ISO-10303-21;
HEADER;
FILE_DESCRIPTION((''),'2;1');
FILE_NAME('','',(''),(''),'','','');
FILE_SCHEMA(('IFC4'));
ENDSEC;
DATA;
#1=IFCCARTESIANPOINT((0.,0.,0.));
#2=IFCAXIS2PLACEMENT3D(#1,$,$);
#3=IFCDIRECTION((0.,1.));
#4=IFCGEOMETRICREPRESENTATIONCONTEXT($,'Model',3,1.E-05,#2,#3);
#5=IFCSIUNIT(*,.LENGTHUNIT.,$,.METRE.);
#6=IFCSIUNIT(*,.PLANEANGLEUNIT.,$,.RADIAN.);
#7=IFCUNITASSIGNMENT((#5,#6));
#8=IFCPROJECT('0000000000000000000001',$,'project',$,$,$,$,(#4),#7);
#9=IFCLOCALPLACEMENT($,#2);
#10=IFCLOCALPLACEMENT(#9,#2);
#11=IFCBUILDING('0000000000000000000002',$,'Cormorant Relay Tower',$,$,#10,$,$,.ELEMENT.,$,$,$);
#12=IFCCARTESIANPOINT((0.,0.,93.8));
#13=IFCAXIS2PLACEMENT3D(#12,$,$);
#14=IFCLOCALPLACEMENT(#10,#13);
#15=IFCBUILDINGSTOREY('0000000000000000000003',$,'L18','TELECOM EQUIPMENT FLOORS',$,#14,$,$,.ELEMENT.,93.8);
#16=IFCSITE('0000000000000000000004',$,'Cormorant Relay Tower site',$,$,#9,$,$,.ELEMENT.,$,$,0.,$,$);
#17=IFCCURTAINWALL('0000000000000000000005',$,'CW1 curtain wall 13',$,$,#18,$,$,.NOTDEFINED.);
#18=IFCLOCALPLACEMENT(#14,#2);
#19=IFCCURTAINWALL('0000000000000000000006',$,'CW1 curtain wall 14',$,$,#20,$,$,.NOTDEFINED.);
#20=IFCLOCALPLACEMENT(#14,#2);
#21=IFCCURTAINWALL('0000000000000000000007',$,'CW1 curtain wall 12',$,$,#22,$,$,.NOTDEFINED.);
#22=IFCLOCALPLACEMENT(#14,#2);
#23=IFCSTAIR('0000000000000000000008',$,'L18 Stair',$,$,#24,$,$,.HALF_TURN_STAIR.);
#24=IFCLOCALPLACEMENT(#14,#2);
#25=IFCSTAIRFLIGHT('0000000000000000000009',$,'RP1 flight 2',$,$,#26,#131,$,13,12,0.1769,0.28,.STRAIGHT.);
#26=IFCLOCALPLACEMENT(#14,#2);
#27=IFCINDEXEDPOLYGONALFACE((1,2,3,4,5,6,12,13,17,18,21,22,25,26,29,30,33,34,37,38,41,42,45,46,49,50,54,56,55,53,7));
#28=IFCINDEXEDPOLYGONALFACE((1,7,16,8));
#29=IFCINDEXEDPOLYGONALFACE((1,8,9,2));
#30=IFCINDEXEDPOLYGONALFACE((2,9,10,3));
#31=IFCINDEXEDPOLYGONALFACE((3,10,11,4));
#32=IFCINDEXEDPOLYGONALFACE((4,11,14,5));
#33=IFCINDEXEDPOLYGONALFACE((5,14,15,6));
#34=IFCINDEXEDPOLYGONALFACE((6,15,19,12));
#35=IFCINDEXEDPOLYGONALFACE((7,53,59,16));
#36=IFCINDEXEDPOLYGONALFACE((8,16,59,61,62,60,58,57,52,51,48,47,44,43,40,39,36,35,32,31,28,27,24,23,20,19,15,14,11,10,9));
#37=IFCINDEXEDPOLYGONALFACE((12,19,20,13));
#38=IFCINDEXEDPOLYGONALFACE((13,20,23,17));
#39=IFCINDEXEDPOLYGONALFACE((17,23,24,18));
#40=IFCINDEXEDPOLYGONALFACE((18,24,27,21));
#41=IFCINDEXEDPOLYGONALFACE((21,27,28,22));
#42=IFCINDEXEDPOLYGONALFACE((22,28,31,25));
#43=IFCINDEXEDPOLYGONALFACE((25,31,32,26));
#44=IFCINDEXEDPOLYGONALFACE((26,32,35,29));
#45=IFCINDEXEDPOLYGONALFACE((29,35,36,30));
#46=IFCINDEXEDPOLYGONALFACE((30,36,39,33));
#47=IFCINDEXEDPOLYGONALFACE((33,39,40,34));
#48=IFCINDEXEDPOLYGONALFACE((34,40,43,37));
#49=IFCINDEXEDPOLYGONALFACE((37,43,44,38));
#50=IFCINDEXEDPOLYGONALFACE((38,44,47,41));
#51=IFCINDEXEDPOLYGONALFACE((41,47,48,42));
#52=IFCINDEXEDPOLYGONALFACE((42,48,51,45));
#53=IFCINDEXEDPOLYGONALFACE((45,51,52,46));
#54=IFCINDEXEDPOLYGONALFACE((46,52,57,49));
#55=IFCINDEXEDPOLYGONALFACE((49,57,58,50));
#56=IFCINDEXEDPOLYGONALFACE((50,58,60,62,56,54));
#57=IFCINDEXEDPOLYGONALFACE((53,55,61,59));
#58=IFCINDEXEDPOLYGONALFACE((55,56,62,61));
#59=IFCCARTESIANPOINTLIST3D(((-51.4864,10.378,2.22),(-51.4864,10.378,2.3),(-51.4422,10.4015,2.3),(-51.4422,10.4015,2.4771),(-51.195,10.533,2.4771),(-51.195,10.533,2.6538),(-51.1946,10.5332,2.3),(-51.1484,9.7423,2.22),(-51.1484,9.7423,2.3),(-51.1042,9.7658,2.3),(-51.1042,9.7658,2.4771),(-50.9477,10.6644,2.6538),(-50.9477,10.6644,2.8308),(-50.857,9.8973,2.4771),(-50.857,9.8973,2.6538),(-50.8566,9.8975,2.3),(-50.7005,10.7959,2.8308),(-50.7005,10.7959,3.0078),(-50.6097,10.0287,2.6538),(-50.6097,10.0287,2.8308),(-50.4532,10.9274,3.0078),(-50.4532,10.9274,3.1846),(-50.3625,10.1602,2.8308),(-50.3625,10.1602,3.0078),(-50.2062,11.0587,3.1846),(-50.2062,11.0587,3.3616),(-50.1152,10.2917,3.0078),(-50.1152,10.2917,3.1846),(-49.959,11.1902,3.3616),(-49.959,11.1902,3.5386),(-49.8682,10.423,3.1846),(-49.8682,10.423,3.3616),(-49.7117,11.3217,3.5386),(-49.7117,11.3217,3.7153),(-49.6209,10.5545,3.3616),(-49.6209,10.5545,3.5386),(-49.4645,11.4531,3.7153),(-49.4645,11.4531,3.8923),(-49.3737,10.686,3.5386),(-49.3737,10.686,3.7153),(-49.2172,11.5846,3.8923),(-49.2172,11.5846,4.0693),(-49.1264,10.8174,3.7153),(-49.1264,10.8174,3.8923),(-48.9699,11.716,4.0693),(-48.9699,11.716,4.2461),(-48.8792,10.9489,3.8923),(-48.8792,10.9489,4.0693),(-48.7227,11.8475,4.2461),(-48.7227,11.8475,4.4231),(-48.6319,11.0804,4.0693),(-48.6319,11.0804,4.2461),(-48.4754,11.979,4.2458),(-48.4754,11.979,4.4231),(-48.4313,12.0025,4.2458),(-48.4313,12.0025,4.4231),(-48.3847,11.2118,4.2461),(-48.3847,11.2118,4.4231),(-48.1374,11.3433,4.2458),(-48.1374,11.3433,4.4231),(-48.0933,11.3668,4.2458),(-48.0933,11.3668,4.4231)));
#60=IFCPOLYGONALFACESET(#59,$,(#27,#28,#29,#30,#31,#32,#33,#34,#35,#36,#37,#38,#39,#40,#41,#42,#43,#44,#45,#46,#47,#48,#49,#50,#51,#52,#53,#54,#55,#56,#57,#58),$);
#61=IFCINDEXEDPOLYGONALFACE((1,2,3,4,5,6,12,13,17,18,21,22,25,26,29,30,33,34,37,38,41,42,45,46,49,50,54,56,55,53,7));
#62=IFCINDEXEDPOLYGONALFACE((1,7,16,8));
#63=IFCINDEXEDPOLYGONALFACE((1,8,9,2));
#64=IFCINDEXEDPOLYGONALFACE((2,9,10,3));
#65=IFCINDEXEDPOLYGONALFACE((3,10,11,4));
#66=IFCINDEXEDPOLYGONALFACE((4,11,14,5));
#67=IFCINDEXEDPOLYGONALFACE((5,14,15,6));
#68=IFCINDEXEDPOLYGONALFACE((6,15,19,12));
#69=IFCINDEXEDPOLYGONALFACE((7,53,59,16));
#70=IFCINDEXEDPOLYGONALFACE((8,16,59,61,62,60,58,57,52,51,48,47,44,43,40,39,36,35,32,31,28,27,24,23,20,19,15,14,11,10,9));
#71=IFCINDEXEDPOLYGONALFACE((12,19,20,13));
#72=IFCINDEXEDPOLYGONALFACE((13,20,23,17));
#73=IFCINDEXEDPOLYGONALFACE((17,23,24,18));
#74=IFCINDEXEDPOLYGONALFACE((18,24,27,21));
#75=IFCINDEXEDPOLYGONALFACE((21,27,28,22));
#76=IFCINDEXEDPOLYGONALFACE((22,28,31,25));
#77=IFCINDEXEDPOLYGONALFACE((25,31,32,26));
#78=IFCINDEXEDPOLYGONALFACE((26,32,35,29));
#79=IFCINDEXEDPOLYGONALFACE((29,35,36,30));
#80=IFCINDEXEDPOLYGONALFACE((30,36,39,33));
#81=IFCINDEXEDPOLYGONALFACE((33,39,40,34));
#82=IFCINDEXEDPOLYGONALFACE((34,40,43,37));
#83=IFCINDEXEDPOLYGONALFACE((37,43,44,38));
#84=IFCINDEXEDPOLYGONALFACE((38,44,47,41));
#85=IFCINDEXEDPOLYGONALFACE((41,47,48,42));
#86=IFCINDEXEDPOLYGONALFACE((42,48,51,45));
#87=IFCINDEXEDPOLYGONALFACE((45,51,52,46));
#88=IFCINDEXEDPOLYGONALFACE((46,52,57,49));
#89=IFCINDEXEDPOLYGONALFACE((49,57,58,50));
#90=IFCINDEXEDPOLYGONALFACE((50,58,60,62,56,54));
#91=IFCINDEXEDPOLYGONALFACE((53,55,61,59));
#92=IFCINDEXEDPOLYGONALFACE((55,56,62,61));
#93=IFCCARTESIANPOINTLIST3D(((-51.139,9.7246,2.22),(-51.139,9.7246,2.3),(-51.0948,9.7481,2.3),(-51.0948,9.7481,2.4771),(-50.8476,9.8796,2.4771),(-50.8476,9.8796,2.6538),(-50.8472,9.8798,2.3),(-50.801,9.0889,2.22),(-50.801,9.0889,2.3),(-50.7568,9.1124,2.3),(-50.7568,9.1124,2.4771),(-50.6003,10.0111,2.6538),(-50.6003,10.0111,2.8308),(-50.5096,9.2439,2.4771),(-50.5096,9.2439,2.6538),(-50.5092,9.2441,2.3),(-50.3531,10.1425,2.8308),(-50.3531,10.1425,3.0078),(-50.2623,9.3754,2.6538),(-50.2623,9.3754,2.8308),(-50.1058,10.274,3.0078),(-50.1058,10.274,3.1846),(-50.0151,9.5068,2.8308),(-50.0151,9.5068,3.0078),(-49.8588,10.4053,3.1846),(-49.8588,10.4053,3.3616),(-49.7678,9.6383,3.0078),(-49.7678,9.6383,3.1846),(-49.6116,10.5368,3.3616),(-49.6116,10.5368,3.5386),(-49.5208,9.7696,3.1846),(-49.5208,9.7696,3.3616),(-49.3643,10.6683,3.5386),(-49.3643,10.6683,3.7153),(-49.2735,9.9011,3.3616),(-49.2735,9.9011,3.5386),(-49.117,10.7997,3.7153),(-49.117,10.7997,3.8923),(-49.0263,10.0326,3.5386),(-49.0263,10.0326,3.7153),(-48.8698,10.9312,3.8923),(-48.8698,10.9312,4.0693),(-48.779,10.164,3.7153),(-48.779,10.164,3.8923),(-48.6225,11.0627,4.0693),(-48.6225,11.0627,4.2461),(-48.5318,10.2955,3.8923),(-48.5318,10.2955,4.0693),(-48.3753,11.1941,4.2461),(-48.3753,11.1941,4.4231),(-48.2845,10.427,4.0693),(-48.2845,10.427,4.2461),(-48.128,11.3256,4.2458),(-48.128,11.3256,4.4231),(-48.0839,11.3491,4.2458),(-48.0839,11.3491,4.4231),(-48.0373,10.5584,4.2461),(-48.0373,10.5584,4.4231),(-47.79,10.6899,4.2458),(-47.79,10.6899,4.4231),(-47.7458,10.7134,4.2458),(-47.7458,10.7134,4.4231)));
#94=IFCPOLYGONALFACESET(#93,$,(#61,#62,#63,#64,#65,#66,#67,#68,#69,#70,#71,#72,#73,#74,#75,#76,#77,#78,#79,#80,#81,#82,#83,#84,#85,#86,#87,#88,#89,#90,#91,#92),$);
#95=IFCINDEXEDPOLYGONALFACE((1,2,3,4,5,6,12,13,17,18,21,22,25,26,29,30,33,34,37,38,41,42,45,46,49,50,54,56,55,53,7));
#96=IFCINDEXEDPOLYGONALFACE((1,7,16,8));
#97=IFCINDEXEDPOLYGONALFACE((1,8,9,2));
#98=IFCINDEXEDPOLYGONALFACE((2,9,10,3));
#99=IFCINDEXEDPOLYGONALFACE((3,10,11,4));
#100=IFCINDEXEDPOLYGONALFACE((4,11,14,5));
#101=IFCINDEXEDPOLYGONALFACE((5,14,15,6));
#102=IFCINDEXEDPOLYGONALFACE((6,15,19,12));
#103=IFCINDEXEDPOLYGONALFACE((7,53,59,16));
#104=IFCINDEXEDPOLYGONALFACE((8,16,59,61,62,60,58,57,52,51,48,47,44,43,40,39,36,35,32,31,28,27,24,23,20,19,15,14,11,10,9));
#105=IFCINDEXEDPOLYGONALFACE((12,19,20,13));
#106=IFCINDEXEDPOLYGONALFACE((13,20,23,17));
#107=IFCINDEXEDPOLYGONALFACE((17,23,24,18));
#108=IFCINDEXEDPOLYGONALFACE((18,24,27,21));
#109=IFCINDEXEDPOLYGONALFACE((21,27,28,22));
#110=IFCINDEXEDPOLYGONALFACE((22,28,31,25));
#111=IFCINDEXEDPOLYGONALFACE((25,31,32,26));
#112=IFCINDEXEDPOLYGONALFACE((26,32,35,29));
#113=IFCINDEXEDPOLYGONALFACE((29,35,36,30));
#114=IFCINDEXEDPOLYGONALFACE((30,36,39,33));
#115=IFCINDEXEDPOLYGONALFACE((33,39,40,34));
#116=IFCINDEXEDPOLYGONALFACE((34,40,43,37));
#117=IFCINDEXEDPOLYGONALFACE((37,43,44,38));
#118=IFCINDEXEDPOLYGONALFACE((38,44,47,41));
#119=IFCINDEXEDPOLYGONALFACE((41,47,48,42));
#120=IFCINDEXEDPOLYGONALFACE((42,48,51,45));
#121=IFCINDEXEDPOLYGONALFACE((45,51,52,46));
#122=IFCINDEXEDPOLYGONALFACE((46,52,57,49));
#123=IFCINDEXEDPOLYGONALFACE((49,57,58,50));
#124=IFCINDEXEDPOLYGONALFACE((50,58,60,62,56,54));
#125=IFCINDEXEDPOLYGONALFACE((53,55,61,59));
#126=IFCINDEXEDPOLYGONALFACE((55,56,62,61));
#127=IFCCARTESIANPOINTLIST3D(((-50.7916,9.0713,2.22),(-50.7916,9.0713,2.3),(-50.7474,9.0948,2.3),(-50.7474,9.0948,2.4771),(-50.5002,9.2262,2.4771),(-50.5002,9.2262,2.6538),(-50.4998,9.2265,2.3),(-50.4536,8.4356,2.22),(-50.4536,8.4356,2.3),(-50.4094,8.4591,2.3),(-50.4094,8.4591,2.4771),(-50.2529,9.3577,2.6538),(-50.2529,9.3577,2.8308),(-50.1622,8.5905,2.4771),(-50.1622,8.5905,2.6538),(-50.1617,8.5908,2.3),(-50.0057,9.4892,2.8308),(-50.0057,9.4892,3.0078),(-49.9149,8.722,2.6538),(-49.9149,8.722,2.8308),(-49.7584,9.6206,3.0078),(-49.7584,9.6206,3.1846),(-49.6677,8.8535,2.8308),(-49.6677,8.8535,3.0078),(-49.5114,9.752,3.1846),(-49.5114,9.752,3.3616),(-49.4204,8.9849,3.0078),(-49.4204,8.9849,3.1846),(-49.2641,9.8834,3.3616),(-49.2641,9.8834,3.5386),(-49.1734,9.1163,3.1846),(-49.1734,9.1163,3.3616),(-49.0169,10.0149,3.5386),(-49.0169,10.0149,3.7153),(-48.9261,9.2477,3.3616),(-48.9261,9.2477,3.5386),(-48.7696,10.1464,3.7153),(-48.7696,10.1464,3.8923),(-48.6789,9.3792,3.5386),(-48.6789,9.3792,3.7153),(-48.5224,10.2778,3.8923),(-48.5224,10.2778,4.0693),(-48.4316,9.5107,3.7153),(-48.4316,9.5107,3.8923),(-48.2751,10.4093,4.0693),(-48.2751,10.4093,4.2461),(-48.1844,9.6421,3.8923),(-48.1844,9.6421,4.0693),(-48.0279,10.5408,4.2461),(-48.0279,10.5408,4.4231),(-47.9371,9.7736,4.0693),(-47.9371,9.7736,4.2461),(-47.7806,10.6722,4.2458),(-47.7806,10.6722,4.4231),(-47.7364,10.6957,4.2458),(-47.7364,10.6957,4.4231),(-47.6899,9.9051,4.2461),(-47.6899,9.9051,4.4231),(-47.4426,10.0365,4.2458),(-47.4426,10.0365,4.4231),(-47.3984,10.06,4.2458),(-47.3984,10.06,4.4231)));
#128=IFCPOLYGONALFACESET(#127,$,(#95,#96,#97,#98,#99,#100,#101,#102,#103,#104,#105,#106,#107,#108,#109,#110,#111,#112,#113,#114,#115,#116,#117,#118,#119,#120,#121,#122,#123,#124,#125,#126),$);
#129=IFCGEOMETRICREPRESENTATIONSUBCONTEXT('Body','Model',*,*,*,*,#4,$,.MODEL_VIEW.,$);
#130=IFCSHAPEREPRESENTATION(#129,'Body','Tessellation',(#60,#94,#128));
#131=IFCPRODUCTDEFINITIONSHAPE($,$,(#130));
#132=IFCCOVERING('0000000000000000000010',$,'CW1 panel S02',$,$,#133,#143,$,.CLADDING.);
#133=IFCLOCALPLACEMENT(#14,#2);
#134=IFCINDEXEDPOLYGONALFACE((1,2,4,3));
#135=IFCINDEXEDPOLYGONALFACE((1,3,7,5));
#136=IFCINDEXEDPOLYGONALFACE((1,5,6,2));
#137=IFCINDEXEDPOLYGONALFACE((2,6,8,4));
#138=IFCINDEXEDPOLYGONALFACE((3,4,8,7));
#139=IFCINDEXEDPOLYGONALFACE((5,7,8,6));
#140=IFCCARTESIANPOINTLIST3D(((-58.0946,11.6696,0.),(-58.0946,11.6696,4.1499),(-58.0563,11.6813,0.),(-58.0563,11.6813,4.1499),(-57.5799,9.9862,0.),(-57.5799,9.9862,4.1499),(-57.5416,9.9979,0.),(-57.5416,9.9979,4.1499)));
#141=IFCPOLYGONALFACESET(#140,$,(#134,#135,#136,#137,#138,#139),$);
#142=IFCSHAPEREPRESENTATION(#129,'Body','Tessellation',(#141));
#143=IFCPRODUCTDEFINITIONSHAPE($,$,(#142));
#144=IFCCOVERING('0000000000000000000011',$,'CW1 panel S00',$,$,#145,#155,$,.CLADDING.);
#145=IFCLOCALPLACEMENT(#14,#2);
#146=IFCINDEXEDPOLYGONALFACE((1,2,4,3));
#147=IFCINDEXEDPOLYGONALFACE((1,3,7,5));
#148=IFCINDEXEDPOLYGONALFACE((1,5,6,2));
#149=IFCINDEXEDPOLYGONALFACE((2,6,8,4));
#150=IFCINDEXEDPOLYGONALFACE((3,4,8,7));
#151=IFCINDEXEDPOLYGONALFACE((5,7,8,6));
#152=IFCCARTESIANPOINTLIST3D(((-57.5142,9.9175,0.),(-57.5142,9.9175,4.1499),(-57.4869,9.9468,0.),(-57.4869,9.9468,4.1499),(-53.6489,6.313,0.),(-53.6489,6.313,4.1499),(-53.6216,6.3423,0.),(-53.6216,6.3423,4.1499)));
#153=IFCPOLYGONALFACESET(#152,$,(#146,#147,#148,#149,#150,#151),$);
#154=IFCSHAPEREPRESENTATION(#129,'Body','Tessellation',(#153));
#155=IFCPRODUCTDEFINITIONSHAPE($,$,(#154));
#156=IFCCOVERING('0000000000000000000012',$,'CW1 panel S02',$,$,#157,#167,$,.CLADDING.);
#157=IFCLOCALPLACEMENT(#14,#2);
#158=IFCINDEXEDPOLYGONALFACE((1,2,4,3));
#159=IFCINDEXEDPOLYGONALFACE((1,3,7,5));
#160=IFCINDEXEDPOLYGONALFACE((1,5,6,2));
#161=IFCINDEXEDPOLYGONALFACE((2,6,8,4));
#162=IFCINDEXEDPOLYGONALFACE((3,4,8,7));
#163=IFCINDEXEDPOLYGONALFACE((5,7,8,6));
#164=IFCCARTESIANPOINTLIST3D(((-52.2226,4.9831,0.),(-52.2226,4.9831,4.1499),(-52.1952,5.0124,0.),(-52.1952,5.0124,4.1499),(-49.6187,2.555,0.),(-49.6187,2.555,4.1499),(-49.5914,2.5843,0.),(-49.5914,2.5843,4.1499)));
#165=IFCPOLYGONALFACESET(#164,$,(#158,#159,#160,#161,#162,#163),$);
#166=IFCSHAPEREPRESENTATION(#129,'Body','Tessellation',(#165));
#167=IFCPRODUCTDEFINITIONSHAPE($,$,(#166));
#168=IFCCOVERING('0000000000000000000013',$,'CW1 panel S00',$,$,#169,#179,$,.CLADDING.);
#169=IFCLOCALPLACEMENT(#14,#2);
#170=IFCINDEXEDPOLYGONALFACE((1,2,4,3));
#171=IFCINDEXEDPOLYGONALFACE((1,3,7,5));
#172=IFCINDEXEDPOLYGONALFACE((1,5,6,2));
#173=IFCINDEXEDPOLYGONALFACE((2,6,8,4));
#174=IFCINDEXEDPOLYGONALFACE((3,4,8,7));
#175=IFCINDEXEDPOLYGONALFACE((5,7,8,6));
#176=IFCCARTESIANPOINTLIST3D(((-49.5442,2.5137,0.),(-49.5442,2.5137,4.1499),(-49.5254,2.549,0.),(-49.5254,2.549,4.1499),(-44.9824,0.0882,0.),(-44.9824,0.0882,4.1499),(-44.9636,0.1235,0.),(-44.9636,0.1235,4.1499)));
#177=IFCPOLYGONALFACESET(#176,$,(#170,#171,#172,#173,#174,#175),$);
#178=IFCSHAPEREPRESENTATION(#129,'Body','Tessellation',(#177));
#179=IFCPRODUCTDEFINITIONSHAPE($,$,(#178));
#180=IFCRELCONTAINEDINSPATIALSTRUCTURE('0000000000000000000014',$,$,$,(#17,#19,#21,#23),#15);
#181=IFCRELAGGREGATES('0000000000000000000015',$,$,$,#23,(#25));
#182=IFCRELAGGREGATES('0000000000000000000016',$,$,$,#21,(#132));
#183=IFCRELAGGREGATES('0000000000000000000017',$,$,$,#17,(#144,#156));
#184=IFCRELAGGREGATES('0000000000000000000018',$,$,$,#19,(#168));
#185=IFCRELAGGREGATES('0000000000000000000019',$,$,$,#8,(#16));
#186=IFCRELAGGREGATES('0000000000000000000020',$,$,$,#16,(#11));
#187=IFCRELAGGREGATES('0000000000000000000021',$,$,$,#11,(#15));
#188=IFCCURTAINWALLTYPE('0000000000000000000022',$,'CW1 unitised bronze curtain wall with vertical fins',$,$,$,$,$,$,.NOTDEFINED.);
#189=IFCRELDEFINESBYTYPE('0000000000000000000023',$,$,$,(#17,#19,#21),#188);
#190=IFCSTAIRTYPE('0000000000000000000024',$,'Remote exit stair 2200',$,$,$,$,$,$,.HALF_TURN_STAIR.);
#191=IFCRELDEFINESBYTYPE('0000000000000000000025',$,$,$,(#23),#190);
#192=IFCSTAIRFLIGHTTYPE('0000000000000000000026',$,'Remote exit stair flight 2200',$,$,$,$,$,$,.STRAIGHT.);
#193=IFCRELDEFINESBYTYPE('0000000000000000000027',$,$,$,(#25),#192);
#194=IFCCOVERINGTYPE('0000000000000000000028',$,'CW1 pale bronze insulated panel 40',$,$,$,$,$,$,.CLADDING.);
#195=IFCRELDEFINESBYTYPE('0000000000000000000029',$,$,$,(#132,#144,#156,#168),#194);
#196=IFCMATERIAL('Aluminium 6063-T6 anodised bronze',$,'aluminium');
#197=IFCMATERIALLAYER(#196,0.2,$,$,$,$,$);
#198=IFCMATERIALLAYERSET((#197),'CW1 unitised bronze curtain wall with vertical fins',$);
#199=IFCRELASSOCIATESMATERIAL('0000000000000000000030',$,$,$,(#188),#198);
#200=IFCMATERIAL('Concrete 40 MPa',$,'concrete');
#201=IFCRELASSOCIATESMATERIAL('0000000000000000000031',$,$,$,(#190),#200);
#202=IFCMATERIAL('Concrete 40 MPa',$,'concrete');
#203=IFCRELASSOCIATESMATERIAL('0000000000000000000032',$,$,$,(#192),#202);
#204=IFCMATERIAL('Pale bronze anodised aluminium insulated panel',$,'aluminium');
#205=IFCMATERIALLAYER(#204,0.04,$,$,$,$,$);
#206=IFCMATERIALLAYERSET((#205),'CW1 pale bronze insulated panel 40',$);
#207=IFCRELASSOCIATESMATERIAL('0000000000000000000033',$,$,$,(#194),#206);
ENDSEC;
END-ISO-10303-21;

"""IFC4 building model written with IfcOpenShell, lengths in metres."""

from ifc_helpers import new_model, si_unit, direction, frame, origin, origin_2d, place, context, subcontext, project, spatial, polyline, rectangle, outline, extrude, material, layer, layer_set, type_object, element, aggregate, save


model = new_model("IFC4")

# Units and contexts
model_context = context("Model", 3, precision=1e-05, world=origin(), true_north=direction((0.0, 1.0)))
body_context = subcontext(model_context, "Body", "Model", "MODEL_VIEW")
ifc_project = project(units=[si_unit("LENGTHUNIT", "METRE"), si_unit("PLANEANGLEUNIT", "RADIAN")], contexts=[model_context])

# Site, building, storey
site_placement = place(None, origin())
site = spatial("IfcSite", under=ifc_project, at=site_placement, Name="Cormorant Relay Tower site", CompositionType="ELEMENT", RefElevation=0.0)
building_placement = place(site_placement, origin())
building = spatial("IfcBuilding", under=site, at=building_placement, Name="Cormorant Relay Tower", CompositionType="ELEMENT")
storey_placement = place(building_placement, frame((0.0, 0.0, 93.8)))
storey = spatial("IfcBuildingStorey", under=building, at=storey_placement, Name="L18", Description="TELECOM EQUIPMENT FLOORS", CompositionType="ELEMENT", Elevation=93.8)

# Curtain wall
ifc_material_1 = material(Name="Aluminium 6063-T6 anodised bronze", Category="aluminium")
ifc_layer_1 = layer(ifc_material_1, 0.2)
ifc_layer_set_1 = layer_set([ifc_layer_1], Name="CW1 unitised bronze curtain wall with vertical fins")
curtain_wall_type = type_object("IfcCurtainWallType", Name="CW1 unitised bronze curtain wall with vertical fins", PredefinedType="NOTDEFINED", material=ifc_layer_set_1)
curtain_wall_1_placement = place(storey_placement, origin())
curtain_wall_1 = element("IfcCurtainWall", 1, at=curtain_wall_1_placement, inside=storey, type_object=curtain_wall_type, Name="CW1 curtain wall 13", PredefinedType="NOTDEFINED")

# Curtain wall
curtain_wall_2_placement = place(storey_placement, origin())
curtain_wall_2 = element("IfcCurtainWall", 2, at=curtain_wall_2_placement, inside=storey, type_object=curtain_wall_type, Name="CW1 curtain wall 14", PredefinedType="NOTDEFINED")

# Curtain wall
curtain_wall_3_placement = place(storey_placement, origin())
curtain_wall_3 = element("IfcCurtainWall", 3, at=curtain_wall_3_placement, inside=storey, type_object=curtain_wall_type, Name="CW1 curtain wall 12", PredefinedType="NOTDEFINED")

# Stair, stair flight
ifc_material_2 = material(Name="Concrete 40 MPa", Category="concrete")
stair_type = type_object("IfcStairType", Name="Remote exit stair 2200", PredefinedType="HALF_TURN_STAIR", material=ifc_material_2)
stair_placement = place(storey_placement, origin())
stair = element("IfcStair", 4, at=stair_placement, inside=storey, type_object=stair_type, Name="L18 Stair", PredefinedType="HALF_TURN_STAIR")
ifc_material_3 = material(Name="Concrete 40 MPa", Category="concrete")
stair_flight_type = type_object("IfcStairFlightType", Name="Remote exit stair flight 2200", PredefinedType="STRAIGHT", material=ifc_material_3)
stair_flight_1_placement = place(storey_placement, frame((-50.9258, 9.4302, 2.3), z_axis=(0.0, 0.0, 1.0), x_axis=(0.882948, 0.469472, 0.0)))
stair_flight_1 = element("IfcStairFlight", 5, at=stair_flight_1_placement, type_object=stair_flight_type, Name="RP1 flight 2", NumberOfRisers=13, NumberOfTreads=12, PredefinedType="STRAIGHT", RiserHeight=0.1769, TreadLength=0.28, context=body_context, shape_type="SweptSolid", body=[
    extrude(outline(polyline([(-0.05, -0.0801), (-0.05, 0.0), (0.0, 0.0), (0.0, 0.177), (0.28, 0.177), (0.28, 0.3538), (0.5601, 0.3538), (0.5601, 0.5308), (0.8401, 0.5308), (0.8401, 0.7078), (1.1201, 0.7078), (1.1201, 0.8845), (1.3999, 0.8845), (1.3999, 1.0615), (1.6799, 1.0615), (1.6799, 1.2385), (1.96, 1.2385), (1.96, 1.4153), (2.24, 1.4153), (2.24, 1.5923), (2.52, 1.5923), (2.52, 1.7693), (2.8, 1.7693), (2.8, 1.946), (3.0801, 1.946), (3.0801, 2.123), (3.3601, 2.123), (3.4102, 2.123), (3.4102, 1.9458), (3.3601, 1.9458), (0.2805, 0.0), (-0.05, -0.0801)])), frame((0.0, 1.1001, 0.0), z_axis=(0.0, -1.0, 0.0), x_axis=(1.0, 0.0, 0.0)), (0.0, 0.0, 1.0), 0.72),
    extrude(outline(polyline([(-0.05, -0.0801), (-0.05, 0.0), (0.0, 0.0), (0.0, 0.177), (0.28, 0.177), (0.28, 0.3538), (0.5601, 0.3538), (0.5601, 0.5308), (0.8401, 0.5308), (0.8401, 0.7078), (1.1201, 0.7078), (1.1201, 0.8845), (1.3999, 0.8845), (1.3999, 1.0615), (1.6799, 1.0615), (1.6799, 1.2385), (1.96, 1.2385), (1.96, 1.4153), (2.24, 1.4153), (2.24, 1.5923), (2.52, 1.5923), (2.52, 1.7693), (2.8, 1.7693), (2.8, 1.946), (3.0801, 1.946), (3.0801, 2.123), (3.3601, 2.123), (3.4102, 2.123), (3.4102, 1.9458), (3.3601, 1.9458), (0.2805, 0.0), (-0.05, -0.0801)])), frame((0.0, 0.3601, 0.0), z_axis=(0.0, -1.0, 0.0), x_axis=(1.0, 0.0, 0.0)), (0.0, 0.0, 1.0), 0.72),
    extrude(outline(polyline([(-0.05, -0.0801), (-0.05, 0.0), (0.0, 0.0), (0.0, 0.177), (0.28, 0.177), (0.28, 0.3538), (0.5601, 0.3538), (0.5601, 0.5308), (0.8401, 0.5308), (0.8401, 0.7078), (1.1201, 0.7078), (1.1201, 0.8845), (1.3999, 0.8845), (1.3999, 1.0615), (1.6799, 1.0615), (1.6799, 1.2385), (1.96, 1.2385), (1.96, 1.4153), (2.24, 1.4153), (2.24, 1.5923), (2.52, 1.5923), (2.52, 1.7693), (2.8, 1.7693), (2.8, 1.946), (3.0801, 1.946), (3.0801, 2.123), (3.3601, 2.123), (3.4102, 2.123), (3.4102, 1.9458), (3.3601, 1.9458), (0.2805, 0.0), (-0.05, -0.0801)])), frame((0.0, -0.3799, 0.0), z_axis=(0.0, -1.0, 0.0), x_axis=(1.0, 0.0, 0.0)), (0.0, 0.0, 1.0), 0.72),
])
aggregate(stair, [stair_flight_1])

# Coverings
ifc_material_4 = material(Name="Pale bronze anodised aluminium insulated panel", Category="aluminium")
ifc_layer_2 = layer(ifc_material_4, 0.04)
ifc_layer_set_2 = layer_set([ifc_layer_2], Name="CW1 pale bronze insulated panel 40")
covering_type = type_object("IfcCoveringType", Name="CW1 pale bronze insulated panel 40", PredefinedType="CLADDING", material=ifc_layer_set_2)
covering_1_placement = place(storey_placement, frame((-57.8181, 10.8337, 0.0), z_axis=(0.0, 0.0, 1.0), x_axis=(0.292372, -0.956305, 0.0)))
covering_1 = element("IfcCovering", 6, at=covering_1_placement, type_object=covering_type, Name="CW1 panel S02", PredefinedType="CLADDING", context=body_context, shape_type="SweptSolid", body=[
    extrude(rectangle(XDim=1.7603, YDim=0.04, at=origin_2d()), origin(), (0.0, 0.0, 1.0), 4.1499),
])
aggregate(curtain_wall_3, [covering_1])
covering_2_placement = place(storey_placement, frame((-55.5679, 8.1299, 0.0), z_axis=(0.0, 0.0, 1.0), x_axis=(0.731354, -0.681998, 0.0)))
covering_2 = element("IfcCovering", 7, at=covering_2_placement, type_object=covering_type, Name="CW1 panel S00", PredefinedType="CLADDING", context=body_context, shape_type="SweptSolid", body=[
    extrude(rectangle(XDim=5.2852, YDim=0.04, at=origin_2d()), origin(), (0.0, 0.0, 1.0), 4.1499),
])
covering_3_placement = place(storey_placement, frame((-50.907, 3.7837, 0.0), z_axis=(0.0, 0.0, 1.0), x_axis=(0.731354, -0.681998, 0.0)))
covering_3 = element("IfcCovering", 8, at=covering_3_placement, type_object=covering_type, Name="CW1 panel S02", PredefinedType="CLADDING", context=body_context, shape_type="SweptSolid", body=[
    extrude(rectangle(XDim=3.5603, YDim=0.04, at=origin_2d()), origin(), (0.0, 0.0, 1.0), 4.1499),
])
aggregate(curtain_wall_1, [covering_2, covering_3])
covering_4_placement = place(storey_placement, frame((-47.2539, 1.3186, 0.0), z_axis=(0.0, 0.0, 1.0), x_axis=(0.882948, -0.469472, 0.0)))
covering_4 = element("IfcCovering", 9, at=covering_4_placement, type_object=covering_type, Name="CW1 panel S00", PredefinedType="CLADDING", context=body_context, shape_type="SweptSolid", body=[
    extrude(rectangle(XDim=5.1665, YDim=0.04, at=origin_2d()), origin(), (0.0, 0.0, 1.0), 4.1499),
])
aggregate(curtain_wall_2, [covering_4])

save(model, "model.ifc")
